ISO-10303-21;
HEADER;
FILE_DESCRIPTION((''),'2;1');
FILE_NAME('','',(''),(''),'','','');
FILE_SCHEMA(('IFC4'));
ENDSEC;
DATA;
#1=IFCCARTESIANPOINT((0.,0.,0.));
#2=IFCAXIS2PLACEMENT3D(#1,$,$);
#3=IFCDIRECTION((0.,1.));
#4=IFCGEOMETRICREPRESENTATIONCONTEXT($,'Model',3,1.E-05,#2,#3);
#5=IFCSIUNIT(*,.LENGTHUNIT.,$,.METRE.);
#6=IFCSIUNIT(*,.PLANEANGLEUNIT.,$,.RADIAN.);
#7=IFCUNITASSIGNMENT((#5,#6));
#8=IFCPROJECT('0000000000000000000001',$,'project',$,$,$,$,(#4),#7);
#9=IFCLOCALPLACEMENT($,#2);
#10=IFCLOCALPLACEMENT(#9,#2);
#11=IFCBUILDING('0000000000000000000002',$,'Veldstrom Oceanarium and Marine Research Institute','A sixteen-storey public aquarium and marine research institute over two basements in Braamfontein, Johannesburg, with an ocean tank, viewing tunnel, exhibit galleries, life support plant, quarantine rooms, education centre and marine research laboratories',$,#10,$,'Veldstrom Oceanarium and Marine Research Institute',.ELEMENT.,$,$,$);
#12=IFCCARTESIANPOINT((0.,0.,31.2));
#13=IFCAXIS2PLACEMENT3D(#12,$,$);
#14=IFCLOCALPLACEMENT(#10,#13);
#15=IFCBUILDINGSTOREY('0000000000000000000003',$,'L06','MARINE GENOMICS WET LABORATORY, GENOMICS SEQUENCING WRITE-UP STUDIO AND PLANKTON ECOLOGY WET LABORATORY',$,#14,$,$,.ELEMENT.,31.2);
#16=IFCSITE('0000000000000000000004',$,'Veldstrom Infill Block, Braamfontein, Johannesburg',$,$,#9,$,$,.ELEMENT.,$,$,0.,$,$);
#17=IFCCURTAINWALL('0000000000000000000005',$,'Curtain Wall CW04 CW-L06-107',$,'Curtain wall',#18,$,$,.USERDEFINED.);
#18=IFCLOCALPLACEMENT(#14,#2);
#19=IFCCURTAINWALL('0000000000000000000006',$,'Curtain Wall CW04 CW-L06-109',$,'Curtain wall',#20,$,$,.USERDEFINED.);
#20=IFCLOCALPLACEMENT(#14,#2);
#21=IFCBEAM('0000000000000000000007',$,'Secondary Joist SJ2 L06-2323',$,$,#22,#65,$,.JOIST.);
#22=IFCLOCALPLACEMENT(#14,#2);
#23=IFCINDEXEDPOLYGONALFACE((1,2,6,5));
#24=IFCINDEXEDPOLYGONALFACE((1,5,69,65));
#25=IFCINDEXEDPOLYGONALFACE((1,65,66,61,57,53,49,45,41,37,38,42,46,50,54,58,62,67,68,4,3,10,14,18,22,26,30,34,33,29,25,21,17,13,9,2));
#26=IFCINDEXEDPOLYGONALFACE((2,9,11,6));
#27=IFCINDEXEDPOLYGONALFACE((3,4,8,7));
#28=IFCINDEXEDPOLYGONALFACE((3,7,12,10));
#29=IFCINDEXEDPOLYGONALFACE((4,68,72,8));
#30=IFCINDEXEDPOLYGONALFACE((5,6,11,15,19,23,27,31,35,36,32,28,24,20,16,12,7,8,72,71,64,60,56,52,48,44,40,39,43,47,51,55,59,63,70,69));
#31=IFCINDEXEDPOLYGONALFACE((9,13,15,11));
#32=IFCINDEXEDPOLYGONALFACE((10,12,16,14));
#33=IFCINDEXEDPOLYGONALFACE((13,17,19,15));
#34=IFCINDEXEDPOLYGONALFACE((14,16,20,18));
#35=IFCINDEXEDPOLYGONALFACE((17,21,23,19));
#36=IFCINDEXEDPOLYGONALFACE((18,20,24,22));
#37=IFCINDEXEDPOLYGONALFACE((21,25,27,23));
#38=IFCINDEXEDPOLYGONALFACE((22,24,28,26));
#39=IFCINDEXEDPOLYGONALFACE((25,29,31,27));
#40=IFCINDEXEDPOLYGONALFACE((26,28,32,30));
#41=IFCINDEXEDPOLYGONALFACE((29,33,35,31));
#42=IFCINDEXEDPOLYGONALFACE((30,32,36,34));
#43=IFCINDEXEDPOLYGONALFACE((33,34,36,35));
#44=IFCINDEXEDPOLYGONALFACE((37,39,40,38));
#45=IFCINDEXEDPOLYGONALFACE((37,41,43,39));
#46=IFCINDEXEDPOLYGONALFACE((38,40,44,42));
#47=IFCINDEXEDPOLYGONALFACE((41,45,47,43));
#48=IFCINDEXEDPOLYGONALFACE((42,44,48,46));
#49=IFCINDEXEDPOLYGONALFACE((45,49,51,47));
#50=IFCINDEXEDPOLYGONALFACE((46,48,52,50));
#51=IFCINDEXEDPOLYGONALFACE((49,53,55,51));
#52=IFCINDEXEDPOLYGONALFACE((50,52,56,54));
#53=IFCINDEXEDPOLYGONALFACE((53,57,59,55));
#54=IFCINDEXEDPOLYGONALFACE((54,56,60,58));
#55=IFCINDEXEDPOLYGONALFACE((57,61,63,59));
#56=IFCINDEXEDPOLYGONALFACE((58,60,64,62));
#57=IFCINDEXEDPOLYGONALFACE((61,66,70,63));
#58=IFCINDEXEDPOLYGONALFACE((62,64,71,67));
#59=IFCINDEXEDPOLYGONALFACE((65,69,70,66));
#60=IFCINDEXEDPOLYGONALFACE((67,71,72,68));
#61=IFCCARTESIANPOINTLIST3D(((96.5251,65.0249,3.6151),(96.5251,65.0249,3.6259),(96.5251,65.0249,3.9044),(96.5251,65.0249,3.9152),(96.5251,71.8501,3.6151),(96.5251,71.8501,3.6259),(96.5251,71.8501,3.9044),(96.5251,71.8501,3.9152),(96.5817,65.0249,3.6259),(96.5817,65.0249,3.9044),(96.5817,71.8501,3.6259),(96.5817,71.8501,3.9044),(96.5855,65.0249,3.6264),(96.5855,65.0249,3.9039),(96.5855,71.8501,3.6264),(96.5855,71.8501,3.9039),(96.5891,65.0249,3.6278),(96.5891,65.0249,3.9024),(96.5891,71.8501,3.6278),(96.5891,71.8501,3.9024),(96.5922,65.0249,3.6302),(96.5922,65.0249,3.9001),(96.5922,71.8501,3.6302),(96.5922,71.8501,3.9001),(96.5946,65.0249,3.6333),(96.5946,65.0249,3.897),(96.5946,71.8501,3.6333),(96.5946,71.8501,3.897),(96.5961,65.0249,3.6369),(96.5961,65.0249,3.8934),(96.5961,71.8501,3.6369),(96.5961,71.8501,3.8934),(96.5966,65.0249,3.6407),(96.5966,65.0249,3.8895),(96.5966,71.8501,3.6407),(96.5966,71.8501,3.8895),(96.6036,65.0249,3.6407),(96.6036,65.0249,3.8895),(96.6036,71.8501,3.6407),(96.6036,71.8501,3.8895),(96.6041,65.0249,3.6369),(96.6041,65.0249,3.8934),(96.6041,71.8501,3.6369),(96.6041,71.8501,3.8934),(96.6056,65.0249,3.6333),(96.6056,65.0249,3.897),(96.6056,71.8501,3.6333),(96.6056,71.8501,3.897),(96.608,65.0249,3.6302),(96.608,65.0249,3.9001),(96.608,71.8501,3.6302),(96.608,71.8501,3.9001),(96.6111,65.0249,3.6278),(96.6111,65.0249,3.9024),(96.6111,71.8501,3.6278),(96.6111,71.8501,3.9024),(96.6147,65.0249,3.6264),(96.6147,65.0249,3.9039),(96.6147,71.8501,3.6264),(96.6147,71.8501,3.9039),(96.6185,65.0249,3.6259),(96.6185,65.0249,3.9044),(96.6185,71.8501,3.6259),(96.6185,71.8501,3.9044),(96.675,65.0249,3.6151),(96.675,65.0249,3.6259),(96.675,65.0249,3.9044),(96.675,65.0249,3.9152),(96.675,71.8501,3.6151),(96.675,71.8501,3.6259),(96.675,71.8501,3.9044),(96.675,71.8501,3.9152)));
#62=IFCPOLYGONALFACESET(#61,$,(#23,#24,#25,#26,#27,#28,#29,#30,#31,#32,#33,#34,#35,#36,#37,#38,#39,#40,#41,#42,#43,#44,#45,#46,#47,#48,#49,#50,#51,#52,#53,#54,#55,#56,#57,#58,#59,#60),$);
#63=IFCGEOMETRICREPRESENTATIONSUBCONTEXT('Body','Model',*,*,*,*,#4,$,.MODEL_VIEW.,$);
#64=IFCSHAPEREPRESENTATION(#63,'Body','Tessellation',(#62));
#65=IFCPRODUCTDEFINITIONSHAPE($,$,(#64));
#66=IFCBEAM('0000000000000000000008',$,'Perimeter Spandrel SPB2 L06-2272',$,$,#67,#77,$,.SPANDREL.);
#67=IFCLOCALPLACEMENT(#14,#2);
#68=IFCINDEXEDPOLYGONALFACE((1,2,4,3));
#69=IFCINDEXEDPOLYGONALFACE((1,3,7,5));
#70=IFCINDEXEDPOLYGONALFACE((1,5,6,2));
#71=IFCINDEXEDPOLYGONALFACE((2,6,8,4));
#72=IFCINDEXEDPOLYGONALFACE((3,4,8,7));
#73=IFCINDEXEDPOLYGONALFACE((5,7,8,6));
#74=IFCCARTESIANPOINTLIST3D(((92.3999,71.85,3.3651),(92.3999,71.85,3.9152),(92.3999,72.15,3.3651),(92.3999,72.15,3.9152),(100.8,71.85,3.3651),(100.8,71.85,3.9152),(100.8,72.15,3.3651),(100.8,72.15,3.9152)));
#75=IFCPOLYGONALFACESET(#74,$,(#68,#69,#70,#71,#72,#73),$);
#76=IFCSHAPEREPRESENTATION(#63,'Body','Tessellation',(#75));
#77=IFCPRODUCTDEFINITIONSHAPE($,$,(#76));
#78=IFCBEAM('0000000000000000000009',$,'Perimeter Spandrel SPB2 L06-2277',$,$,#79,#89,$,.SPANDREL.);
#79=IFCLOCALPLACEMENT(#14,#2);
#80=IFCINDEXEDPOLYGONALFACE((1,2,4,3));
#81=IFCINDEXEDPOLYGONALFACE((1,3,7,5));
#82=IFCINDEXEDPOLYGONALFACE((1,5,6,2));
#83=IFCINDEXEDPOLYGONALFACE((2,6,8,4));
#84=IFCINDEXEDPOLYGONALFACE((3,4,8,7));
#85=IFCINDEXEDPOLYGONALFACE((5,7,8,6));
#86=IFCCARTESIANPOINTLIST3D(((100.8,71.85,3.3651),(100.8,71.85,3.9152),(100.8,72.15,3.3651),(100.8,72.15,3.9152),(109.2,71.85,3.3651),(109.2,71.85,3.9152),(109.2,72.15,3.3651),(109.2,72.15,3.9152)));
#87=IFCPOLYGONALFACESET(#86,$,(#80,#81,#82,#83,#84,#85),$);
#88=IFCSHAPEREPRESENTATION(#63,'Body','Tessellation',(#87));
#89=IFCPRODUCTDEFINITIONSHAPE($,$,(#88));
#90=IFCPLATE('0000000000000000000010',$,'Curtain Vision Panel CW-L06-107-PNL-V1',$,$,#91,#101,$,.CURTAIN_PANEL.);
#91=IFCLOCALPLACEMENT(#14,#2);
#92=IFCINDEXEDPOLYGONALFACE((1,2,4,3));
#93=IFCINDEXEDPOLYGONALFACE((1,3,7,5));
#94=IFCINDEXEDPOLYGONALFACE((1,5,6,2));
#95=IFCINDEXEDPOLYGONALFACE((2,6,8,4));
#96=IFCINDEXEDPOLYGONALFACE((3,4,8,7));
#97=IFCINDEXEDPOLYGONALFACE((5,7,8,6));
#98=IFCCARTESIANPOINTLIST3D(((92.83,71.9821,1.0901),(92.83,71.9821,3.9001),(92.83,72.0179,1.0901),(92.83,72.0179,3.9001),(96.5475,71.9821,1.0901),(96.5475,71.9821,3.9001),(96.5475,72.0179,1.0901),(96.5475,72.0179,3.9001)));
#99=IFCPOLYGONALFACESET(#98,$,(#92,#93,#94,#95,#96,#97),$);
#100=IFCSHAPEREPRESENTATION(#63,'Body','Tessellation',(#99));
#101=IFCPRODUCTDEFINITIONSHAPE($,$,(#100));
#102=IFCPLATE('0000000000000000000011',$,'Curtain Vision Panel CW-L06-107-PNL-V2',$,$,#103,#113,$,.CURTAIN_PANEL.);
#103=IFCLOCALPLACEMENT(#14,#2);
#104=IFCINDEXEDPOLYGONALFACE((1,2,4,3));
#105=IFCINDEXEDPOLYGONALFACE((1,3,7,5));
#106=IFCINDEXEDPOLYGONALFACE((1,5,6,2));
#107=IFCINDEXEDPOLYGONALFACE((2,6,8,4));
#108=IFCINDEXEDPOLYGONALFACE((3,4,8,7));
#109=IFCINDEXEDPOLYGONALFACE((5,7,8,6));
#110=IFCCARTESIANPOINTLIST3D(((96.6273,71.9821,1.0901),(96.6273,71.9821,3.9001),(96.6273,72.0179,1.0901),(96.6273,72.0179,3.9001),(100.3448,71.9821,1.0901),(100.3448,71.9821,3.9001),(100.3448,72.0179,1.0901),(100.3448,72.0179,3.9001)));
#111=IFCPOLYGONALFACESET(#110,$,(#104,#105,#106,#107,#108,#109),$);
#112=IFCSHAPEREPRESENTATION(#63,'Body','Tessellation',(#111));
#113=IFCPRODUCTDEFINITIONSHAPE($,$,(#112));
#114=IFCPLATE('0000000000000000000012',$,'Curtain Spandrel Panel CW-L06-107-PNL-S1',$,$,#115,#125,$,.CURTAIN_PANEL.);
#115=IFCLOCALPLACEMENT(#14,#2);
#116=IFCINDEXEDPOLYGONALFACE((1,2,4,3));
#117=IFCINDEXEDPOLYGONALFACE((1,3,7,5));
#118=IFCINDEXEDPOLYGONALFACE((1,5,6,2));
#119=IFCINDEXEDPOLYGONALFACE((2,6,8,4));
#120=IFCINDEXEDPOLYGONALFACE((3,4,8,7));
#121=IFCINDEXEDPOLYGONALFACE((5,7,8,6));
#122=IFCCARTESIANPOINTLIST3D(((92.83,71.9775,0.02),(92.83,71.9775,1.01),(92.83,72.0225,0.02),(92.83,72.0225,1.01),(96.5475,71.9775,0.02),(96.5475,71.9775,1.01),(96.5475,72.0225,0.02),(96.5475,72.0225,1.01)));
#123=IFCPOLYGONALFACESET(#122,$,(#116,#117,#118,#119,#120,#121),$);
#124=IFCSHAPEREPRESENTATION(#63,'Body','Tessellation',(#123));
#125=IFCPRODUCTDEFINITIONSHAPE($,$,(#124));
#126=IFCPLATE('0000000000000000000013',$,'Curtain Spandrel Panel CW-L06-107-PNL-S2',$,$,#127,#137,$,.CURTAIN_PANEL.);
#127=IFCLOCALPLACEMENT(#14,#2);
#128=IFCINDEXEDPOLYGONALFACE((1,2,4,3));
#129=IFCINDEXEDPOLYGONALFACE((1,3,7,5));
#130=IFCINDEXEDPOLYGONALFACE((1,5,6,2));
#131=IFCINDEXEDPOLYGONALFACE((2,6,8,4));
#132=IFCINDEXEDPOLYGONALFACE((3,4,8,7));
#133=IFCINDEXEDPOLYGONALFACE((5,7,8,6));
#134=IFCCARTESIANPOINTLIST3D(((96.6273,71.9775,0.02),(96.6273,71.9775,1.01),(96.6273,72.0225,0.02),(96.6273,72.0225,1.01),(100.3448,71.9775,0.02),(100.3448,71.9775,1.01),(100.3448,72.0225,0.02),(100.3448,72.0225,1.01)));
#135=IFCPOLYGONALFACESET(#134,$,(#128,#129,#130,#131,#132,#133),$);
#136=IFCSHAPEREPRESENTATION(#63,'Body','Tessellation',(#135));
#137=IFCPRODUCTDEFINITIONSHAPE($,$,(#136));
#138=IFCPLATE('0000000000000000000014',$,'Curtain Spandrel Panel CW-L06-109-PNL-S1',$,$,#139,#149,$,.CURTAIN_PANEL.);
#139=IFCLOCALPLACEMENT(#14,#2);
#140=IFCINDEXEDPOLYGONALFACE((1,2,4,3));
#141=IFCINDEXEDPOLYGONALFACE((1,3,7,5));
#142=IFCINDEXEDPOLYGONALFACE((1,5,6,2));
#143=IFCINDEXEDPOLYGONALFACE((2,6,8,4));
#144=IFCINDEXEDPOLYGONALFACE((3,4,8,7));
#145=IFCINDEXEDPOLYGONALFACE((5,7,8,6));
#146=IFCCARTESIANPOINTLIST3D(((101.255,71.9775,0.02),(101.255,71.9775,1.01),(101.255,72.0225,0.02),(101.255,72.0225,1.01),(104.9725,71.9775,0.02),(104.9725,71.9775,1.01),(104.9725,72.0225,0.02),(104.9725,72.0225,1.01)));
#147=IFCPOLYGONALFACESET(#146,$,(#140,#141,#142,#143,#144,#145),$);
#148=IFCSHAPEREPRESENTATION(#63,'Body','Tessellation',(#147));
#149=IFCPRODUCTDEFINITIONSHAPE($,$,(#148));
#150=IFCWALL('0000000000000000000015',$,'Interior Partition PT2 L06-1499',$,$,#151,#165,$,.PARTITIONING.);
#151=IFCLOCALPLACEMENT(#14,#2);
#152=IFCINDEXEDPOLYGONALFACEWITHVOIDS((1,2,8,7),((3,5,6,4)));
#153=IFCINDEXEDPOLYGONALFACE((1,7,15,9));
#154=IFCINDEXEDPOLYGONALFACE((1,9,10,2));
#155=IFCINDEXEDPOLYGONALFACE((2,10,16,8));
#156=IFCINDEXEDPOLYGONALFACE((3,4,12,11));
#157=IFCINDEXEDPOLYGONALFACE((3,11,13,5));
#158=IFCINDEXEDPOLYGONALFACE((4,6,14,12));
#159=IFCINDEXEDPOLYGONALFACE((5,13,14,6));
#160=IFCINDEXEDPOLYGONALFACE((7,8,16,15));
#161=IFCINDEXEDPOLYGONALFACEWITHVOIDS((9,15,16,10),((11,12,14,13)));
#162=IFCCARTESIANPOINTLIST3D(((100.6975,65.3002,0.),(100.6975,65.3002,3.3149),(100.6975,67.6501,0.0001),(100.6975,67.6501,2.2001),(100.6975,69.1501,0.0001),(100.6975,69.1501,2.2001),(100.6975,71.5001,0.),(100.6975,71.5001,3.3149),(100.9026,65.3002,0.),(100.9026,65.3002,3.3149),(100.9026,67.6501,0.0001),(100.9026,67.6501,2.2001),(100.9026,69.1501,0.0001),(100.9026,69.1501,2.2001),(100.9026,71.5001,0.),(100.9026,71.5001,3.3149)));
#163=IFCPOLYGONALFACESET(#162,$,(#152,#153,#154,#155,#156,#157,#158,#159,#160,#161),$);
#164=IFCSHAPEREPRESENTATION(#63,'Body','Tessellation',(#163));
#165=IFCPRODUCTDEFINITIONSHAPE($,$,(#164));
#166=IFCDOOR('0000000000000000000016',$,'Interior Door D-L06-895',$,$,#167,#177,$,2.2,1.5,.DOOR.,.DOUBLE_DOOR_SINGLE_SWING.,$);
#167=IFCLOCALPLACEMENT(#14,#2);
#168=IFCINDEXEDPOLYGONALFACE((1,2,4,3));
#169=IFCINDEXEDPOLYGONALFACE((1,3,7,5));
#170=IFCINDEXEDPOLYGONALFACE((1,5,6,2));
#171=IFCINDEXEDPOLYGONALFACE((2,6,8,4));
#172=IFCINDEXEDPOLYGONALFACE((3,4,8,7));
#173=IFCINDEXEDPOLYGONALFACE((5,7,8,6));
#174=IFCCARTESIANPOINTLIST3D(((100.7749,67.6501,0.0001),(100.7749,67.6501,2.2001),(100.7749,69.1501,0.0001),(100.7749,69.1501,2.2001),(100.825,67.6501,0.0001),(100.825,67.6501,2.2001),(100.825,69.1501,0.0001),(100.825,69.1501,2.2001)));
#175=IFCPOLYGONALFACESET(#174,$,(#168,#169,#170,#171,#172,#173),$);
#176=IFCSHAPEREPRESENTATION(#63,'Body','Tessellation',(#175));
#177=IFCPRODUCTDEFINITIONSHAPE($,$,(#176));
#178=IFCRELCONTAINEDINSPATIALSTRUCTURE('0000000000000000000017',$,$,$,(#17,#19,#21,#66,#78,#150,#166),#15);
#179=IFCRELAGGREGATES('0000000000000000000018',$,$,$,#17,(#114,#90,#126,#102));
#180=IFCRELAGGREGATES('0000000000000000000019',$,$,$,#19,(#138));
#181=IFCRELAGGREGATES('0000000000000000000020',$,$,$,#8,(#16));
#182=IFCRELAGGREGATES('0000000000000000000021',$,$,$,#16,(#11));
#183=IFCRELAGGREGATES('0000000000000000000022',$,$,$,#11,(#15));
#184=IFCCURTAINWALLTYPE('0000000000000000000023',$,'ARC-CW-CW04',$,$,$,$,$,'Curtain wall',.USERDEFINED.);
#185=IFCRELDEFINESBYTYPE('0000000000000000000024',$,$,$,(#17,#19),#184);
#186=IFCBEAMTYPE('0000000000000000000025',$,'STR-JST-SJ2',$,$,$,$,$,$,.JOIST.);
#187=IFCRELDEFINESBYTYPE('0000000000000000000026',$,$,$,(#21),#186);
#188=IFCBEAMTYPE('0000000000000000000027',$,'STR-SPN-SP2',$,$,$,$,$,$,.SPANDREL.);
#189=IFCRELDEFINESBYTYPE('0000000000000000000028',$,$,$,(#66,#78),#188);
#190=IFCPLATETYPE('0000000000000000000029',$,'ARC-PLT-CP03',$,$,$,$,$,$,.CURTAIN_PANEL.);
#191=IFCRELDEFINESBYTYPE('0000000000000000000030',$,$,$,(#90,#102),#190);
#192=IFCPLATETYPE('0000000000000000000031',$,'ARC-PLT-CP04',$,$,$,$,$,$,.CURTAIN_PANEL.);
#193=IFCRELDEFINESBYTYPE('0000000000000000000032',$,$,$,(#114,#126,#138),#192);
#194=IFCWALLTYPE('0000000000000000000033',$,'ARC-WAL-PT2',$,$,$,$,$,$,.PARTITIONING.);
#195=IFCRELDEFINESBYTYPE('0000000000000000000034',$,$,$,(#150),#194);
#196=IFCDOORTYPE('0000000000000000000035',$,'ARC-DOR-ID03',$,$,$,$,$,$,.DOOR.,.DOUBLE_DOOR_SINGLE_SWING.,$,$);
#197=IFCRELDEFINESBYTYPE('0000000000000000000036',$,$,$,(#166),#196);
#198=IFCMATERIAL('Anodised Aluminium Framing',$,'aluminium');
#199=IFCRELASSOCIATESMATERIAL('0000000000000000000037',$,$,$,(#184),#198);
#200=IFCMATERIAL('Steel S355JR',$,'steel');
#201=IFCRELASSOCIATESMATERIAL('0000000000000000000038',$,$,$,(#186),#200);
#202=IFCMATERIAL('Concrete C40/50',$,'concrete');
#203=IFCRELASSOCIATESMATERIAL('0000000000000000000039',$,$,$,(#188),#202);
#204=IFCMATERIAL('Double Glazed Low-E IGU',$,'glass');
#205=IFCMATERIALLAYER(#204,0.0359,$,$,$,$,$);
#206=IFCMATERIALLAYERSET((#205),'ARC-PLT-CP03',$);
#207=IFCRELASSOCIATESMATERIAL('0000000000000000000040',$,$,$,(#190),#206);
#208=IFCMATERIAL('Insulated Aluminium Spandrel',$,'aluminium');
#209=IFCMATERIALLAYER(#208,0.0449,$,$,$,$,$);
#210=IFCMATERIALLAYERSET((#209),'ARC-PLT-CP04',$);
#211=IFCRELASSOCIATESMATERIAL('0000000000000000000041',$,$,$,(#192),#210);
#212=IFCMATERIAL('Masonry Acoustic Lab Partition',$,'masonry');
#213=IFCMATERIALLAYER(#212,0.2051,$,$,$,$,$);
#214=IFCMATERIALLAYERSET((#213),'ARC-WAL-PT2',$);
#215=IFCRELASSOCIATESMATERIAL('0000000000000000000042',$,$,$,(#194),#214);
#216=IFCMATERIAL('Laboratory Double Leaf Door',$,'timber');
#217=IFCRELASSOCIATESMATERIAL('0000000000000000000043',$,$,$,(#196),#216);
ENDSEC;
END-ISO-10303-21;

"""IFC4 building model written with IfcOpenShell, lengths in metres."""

from ifc_helpers import new_model, si_unit, direction, frame, frame_2d, origin, origin_2d, place, context, subcontext, project, spatial, rectangle, i_section, extrude, material, layer, layer_set, material_profile, profile_set, type_object, element, fill, aggregate, save


model = new_model("IFC4")

# Units and contexts
model_context = context("Model", 3, precision=1e-05, world=origin(), true_north=direction((0.0, 1.0)))
body_context = subcontext(model_context, "Body", "Model", "MODEL_VIEW")
ifc_project = project(units=[si_unit("LENGTHUNIT", "METRE"), si_unit("PLANEANGLEUNIT", "RADIAN")], contexts=[model_context])

# Site, building, storey
site_placement = place(None, origin())
site = spatial("IfcSite", under=ifc_project, at=site_placement, Name="Veldstrom Infill Block, Braamfontein, Johannesburg", CompositionType="ELEMENT", RefElevation=0.0)
building_placement = place(site_placement, origin())
building = spatial("IfcBuilding", under=site, at=building_placement, Name="Veldstrom Oceanarium and Marine Research Institute", Description="A sixteen-storey public aquarium and marine research institute over two basements in Braamfontein, Johannesburg, with an ocean tank, viewing tunnel, exhibit galleries, life support plant, quarantine rooms, education centre and marine research laboratories", LongName="Veldstrom Oceanarium and Marine Research Institute", CompositionType="ELEMENT")
storey_placement = place(building_placement, frame((0.0, 0.0, 31.2)))
storey = spatial("IfcBuildingStorey", under=building, at=storey_placement, Name="L06", Description="MARINE GENOMICS WET LABORATORY, GENOMICS SEQUENCING WRITE-UP STUDIO AND PLANKTON ECOLOGY WET LABORATORY", CompositionType="ELEMENT", Elevation=31.2)

# Shared definitions
ifc_material_1 = material(Name="Anodised Aluminium Framing", Category="aluminium")
curtain_wall_type = type_object("IfcCurtainWallType", Name="ARC-CW-CW04", ElementType="Curtain wall", PredefinedType="USERDEFINED", material=ifc_material_1)

# Curtain wall
curtain_wall_1_placement = place(storey_placement, origin())
curtain_wall_1 = element("IfcCurtainWall", 1, at=curtain_wall_1_placement, inside=storey, type_object=curtain_wall_type, Name="Curtain Wall CW04 CW-L06-107", ObjectType="Curtain wall", PredefinedType="USERDEFINED")

# Curtain wall
curtain_wall_2_placement = place(storey_placement, origin())
curtain_wall_2 = element("IfcCurtainWall", 2, at=curtain_wall_2_placement, inside=storey, type_object=curtain_wall_type, Name="Curtain Wall CW04 CW-L06-109", ObjectType="Curtain wall", PredefinedType="USERDEFINED")

# Beams
ifc_material_2 = material(Name="Steel S355JR", Category="steel")
ifc_material_profile_1 = material_profile(ifc_material_2, i_section(OverallWidth=0.1499, OverallDepth=0.3, WebThickness=0.0071, FlangeThickness=0.0107, FilletRadius=0.0149, at=origin_2d()), Name="IPE 300")
ifc_profile_set_1 = profile_set([ifc_material_profile_1], Name="Steel S355JR")
beam_type_1 = type_object("IfcBeamType", Name="STR-JST-SJ2", PredefinedType="JOIST", material=ifc_profile_set_1)
beam_1_placement = place(storey_placement, frame((96.6001, 65.0249, 3.7651), z_axis=(0.0, 1.0, 0.0), x_axis=(-1.0, 0.0, 0.0)))
element("IfcBeam", 3, at=beam_1_placement, inside=storey, type_object=beam_type_1, Name="Secondary Joist SJ2 L06-2323", PredefinedType="JOIST", context=body_context, shape_type="SweptSolid", body=[
    extrude(i_section(OverallWidth=0.1499, OverallDepth=0.3, WebThickness=0.0071, FlangeThickness=0.0107, FilletRadius=0.0149, at=origin_2d()), origin(), (0.0, 0.0, 1.0), 6.8252),
])
ifc_material_3 = material(Name="Concrete C40/50", Category="concrete")
ifc_material_profile_2 = material_profile(ifc_material_3, rectangle(XDim=0.3, YDim=0.55, at=origin_2d()), Name="RC-SPN-300x550")
ifc_profile_set_2 = profile_set([ifc_material_profile_2], Name="Concrete C40/50")
beam_type_2 = type_object("IfcBeamType", Name="STR-SPN-SP2", PredefinedType="SPANDREL", material=ifc_profile_set_2)
beam_2_placement = place(storey_placement, frame((92.3999, 72.0, 3.6401), z_axis=(1.0, 0.0, 0.0), x_axis=(0.0, 1.0, 0.0)))
element("IfcBeam", 4, at=beam_2_placement, inside=storey, type_object=beam_type_2, Name="Perimeter Spandrel SPB2 L06-2272", PredefinedType="SPANDREL", context=body_context, shape_type="SweptSolid", body=[
    extrude(rectangle(XDim=0.3, YDim=0.55, at=origin_2d()), origin(), (0.0, 0.0, 1.0), 8.4001),
])
beam_3_placement = place(storey_placement, frame((100.8, 72.0, 3.6401), z_axis=(1.0, 0.0, 0.0), x_axis=(0.0, 1.0, 0.0)))
element("IfcBeam", 5, at=beam_3_placement, inside=storey, type_object=beam_type_2, Name="Perimeter Spandrel SPB2 L06-2277", PredefinedType="SPANDREL", context=body_context, shape_type="SweptSolid", body=[
    extrude(rectangle(XDim=0.3, YDim=0.55, at=origin_2d()), origin(), (0.0, 0.0, 1.0), 8.3999),
])

# Plates
ifc_material_4 = material(Name="Double Glazed Low-E IGU", Category="glass")
ifc_layer_1 = layer(ifc_material_4, 0.0359)
ifc_layer_set_1 = layer_set([ifc_layer_1], Name="ARC-PLT-CP03")
plate_type_1 = type_object("IfcPlateType", Name="ARC-PLT-CP03", PredefinedType="CURTAIN_PANEL", material=ifc_layer_set_1)
plate_1_placement = place(storey_placement, frame((94.6887, 72.0, 1.0901), z_axis=(0.0, 0.0, 1.0), x_axis=(1.0, 0.0, 0.0)))
plate_1 = element("IfcPlate", 6, at=plate_1_placement, type_object=plate_type_1, Name="Curtain Vision Panel CW-L06-107-PNL-V1", PredefinedType="CURTAIN_PANEL", context=body_context, shape_type="SweptSolid", body=[
    extrude(rectangle(XDim=3.7175, YDim=0.0359, at=origin_2d()), origin(), (0.0, 0.0, 1.0), 2.8101),
])
plate_2_placement = place(storey_placement, frame((98.4861, 72.0, 1.0901), z_axis=(0.0, 0.0, 1.0), x_axis=(1.0, 0.0, 0.0)))
plate_2 = element("IfcPlate", 7, at=plate_2_placement, type_object=plate_type_1, Name="Curtain Vision Panel CW-L06-107-PNL-V2", PredefinedType="CURTAIN_PANEL", context=body_context, shape_type="SweptSolid", body=[
    extrude(rectangle(XDim=3.7175, YDim=0.0359, at=origin_2d()), origin(), (0.0, 0.0, 1.0), 2.8101),
])
ifc_material_5 = material(Name="Insulated Aluminium Spandrel", Category="aluminium")
ifc_layer_2 = layer(ifc_material_5, 0.0449)
ifc_layer_set_2 = layer_set([ifc_layer_2], Name="ARC-PLT-CP04")
plate_type_2 = type_object("IfcPlateType", Name="ARC-PLT-CP04", PredefinedType="CURTAIN_PANEL", material=ifc_layer_set_2)
plate_3_placement = place(storey_placement, frame((94.6887, 72.0, 0.02), z_axis=(0.0, 0.0, 1.0), x_axis=(1.0, 0.0, 0.0)))
plate_3 = element("IfcPlate", 8, at=plate_3_placement, type_object=plate_type_2, Name="Curtain Spandrel Panel CW-L06-107-PNL-S1", PredefinedType="CURTAIN_PANEL", context=body_context, shape_type="SweptSolid", body=[
    extrude(rectangle(XDim=3.7175, YDim=0.0449, at=origin_2d()), origin(), (0.0, 0.0, 1.0), 0.99),
])
plate_4_placement = place(storey_placement, frame((98.4861, 72.0, 0.02), z_axis=(0.0, 0.0, 1.0), x_axis=(1.0, 0.0, 0.0)))
plate_4 = element("IfcPlate", 9, at=plate_4_placement, type_object=plate_type_2, Name="Curtain Spandrel Panel CW-L06-107-PNL-S2", PredefinedType="CURTAIN_PANEL", context=body_context, shape_type="SweptSolid", body=[
    extrude(rectangle(XDim=3.7175, YDim=0.0449, at=origin_2d()), origin(), (0.0, 0.0, 1.0), 0.99),
])
aggregate(curtain_wall_1, [plate_3, plate_1, plate_4, plate_2])
plate_5_placement = place(storey_placement, frame((103.1138, 72.0, 0.02), z_axis=(0.0, 0.0, 1.0), x_axis=(1.0, 0.0, 0.0)))
plate_5 = element("IfcPlate", 10, at=plate_5_placement, type_object=plate_type_2, Name="Curtain Spandrel Panel CW-L06-109-PNL-S1", PredefinedType="CURTAIN_PANEL", context=body_context, shape_type="SweptSolid", body=[
    extrude(rectangle(XDim=3.7175, YDim=0.0449, at=origin_2d()), origin(), (0.0, 0.0, 1.0), 0.99),
])
aggregate(curtain_wall_2, [plate_5])

# Wall, opening, door
ifc_material_6 = material(Name="Masonry Acoustic Lab Partition", Category="masonry")
ifc_layer_3 = layer(ifc_material_6, 0.2051)
ifc_layer_set_3 = layer_set([ifc_layer_3], Name="ARC-WAL-PT2")
wall_type = type_object("IfcWallType", Name="ARC-WAL-PT2", PredefinedType="PARTITIONING", material=ifc_layer_set_3)
wall_1_placement = place(storey_placement, frame((100.8, 65.3, 0.0), z_axis=(0.0, 0.0, 1.0), x_axis=(0.0, 1.0, 0.0)))
wall_1 = element("IfcWall", 11, at=wall_1_placement, inside=storey, type_object=wall_type, Name="Interior Partition PT2 L06-1499", PredefinedType="PARTITIONING", context=body_context, shape_type="SweptSolid", body=[
    extrude(rectangle(XDim=6.2, YDim=0.2051, at=frame_2d((3.1001, 0.0))), origin(), (0.0, 0.0, 1.0), 3.3149),
])
opening_1_placement = place(wall_1_placement, frame((2.3501, 0.0, 0.0)))
opening_1 = element("IfcOpeningElement", 12, at=opening_1_placement, cuts=wall_1, PredefinedType="OPENING", context=body_context, shape_type="SweptSolid", body=[
    extrude(rectangle(XDim=1.5, YDim=2.2, at=frame_2d((0.75, 1.1001))), frame((0.0, 0.1125, 0.0), z_axis=(0.0, -1.0, 0.0), x_axis=(1.0, 0.0, 0.0)), (0.0, 0.0, 1.0), 0.2251),
])
ifc_material_7 = material(Name="Laboratory Double Leaf Door", Category="timber")
door_type_1 = type_object("IfcDoorType", Name="ARC-DOR-ID03", OperationType="DOUBLE_DOOR_SINGLE_SWING", PredefinedType="DOOR", material=ifc_material_7)
door_1_placement = place(opening_1_placement, frame((1.5, 0.0, 0.0), z_axis=(0.0, 0.0, 1.0), x_axis=(-1.0, 0.0, 0.0)))
door_1 = element("IfcDoor", 13, at=door_1_placement, inside=storey, type_object=door_type_1, Name="Interior Door D-L06-895", OperationType="DOUBLE_DOOR_SINGLE_SWING", OverallHeight=2.2, OverallWidth=1.5, PredefinedType="DOOR", context=body_context, shape_type="SweptSolid", body=[
    extrude(rectangle(XDim=1.5, YDim=2.2, at=frame_2d((0.75, 1.1001))), frame((0.0, 0.0249, 0.0), z_axis=(0.0, -1.0, 0.0), x_axis=(1.0, 0.0, 0.0)), (0.0, 0.0, 1.0), 0.05),
])
fill(opening_1, door_1)

save(model, "model.ifc")
